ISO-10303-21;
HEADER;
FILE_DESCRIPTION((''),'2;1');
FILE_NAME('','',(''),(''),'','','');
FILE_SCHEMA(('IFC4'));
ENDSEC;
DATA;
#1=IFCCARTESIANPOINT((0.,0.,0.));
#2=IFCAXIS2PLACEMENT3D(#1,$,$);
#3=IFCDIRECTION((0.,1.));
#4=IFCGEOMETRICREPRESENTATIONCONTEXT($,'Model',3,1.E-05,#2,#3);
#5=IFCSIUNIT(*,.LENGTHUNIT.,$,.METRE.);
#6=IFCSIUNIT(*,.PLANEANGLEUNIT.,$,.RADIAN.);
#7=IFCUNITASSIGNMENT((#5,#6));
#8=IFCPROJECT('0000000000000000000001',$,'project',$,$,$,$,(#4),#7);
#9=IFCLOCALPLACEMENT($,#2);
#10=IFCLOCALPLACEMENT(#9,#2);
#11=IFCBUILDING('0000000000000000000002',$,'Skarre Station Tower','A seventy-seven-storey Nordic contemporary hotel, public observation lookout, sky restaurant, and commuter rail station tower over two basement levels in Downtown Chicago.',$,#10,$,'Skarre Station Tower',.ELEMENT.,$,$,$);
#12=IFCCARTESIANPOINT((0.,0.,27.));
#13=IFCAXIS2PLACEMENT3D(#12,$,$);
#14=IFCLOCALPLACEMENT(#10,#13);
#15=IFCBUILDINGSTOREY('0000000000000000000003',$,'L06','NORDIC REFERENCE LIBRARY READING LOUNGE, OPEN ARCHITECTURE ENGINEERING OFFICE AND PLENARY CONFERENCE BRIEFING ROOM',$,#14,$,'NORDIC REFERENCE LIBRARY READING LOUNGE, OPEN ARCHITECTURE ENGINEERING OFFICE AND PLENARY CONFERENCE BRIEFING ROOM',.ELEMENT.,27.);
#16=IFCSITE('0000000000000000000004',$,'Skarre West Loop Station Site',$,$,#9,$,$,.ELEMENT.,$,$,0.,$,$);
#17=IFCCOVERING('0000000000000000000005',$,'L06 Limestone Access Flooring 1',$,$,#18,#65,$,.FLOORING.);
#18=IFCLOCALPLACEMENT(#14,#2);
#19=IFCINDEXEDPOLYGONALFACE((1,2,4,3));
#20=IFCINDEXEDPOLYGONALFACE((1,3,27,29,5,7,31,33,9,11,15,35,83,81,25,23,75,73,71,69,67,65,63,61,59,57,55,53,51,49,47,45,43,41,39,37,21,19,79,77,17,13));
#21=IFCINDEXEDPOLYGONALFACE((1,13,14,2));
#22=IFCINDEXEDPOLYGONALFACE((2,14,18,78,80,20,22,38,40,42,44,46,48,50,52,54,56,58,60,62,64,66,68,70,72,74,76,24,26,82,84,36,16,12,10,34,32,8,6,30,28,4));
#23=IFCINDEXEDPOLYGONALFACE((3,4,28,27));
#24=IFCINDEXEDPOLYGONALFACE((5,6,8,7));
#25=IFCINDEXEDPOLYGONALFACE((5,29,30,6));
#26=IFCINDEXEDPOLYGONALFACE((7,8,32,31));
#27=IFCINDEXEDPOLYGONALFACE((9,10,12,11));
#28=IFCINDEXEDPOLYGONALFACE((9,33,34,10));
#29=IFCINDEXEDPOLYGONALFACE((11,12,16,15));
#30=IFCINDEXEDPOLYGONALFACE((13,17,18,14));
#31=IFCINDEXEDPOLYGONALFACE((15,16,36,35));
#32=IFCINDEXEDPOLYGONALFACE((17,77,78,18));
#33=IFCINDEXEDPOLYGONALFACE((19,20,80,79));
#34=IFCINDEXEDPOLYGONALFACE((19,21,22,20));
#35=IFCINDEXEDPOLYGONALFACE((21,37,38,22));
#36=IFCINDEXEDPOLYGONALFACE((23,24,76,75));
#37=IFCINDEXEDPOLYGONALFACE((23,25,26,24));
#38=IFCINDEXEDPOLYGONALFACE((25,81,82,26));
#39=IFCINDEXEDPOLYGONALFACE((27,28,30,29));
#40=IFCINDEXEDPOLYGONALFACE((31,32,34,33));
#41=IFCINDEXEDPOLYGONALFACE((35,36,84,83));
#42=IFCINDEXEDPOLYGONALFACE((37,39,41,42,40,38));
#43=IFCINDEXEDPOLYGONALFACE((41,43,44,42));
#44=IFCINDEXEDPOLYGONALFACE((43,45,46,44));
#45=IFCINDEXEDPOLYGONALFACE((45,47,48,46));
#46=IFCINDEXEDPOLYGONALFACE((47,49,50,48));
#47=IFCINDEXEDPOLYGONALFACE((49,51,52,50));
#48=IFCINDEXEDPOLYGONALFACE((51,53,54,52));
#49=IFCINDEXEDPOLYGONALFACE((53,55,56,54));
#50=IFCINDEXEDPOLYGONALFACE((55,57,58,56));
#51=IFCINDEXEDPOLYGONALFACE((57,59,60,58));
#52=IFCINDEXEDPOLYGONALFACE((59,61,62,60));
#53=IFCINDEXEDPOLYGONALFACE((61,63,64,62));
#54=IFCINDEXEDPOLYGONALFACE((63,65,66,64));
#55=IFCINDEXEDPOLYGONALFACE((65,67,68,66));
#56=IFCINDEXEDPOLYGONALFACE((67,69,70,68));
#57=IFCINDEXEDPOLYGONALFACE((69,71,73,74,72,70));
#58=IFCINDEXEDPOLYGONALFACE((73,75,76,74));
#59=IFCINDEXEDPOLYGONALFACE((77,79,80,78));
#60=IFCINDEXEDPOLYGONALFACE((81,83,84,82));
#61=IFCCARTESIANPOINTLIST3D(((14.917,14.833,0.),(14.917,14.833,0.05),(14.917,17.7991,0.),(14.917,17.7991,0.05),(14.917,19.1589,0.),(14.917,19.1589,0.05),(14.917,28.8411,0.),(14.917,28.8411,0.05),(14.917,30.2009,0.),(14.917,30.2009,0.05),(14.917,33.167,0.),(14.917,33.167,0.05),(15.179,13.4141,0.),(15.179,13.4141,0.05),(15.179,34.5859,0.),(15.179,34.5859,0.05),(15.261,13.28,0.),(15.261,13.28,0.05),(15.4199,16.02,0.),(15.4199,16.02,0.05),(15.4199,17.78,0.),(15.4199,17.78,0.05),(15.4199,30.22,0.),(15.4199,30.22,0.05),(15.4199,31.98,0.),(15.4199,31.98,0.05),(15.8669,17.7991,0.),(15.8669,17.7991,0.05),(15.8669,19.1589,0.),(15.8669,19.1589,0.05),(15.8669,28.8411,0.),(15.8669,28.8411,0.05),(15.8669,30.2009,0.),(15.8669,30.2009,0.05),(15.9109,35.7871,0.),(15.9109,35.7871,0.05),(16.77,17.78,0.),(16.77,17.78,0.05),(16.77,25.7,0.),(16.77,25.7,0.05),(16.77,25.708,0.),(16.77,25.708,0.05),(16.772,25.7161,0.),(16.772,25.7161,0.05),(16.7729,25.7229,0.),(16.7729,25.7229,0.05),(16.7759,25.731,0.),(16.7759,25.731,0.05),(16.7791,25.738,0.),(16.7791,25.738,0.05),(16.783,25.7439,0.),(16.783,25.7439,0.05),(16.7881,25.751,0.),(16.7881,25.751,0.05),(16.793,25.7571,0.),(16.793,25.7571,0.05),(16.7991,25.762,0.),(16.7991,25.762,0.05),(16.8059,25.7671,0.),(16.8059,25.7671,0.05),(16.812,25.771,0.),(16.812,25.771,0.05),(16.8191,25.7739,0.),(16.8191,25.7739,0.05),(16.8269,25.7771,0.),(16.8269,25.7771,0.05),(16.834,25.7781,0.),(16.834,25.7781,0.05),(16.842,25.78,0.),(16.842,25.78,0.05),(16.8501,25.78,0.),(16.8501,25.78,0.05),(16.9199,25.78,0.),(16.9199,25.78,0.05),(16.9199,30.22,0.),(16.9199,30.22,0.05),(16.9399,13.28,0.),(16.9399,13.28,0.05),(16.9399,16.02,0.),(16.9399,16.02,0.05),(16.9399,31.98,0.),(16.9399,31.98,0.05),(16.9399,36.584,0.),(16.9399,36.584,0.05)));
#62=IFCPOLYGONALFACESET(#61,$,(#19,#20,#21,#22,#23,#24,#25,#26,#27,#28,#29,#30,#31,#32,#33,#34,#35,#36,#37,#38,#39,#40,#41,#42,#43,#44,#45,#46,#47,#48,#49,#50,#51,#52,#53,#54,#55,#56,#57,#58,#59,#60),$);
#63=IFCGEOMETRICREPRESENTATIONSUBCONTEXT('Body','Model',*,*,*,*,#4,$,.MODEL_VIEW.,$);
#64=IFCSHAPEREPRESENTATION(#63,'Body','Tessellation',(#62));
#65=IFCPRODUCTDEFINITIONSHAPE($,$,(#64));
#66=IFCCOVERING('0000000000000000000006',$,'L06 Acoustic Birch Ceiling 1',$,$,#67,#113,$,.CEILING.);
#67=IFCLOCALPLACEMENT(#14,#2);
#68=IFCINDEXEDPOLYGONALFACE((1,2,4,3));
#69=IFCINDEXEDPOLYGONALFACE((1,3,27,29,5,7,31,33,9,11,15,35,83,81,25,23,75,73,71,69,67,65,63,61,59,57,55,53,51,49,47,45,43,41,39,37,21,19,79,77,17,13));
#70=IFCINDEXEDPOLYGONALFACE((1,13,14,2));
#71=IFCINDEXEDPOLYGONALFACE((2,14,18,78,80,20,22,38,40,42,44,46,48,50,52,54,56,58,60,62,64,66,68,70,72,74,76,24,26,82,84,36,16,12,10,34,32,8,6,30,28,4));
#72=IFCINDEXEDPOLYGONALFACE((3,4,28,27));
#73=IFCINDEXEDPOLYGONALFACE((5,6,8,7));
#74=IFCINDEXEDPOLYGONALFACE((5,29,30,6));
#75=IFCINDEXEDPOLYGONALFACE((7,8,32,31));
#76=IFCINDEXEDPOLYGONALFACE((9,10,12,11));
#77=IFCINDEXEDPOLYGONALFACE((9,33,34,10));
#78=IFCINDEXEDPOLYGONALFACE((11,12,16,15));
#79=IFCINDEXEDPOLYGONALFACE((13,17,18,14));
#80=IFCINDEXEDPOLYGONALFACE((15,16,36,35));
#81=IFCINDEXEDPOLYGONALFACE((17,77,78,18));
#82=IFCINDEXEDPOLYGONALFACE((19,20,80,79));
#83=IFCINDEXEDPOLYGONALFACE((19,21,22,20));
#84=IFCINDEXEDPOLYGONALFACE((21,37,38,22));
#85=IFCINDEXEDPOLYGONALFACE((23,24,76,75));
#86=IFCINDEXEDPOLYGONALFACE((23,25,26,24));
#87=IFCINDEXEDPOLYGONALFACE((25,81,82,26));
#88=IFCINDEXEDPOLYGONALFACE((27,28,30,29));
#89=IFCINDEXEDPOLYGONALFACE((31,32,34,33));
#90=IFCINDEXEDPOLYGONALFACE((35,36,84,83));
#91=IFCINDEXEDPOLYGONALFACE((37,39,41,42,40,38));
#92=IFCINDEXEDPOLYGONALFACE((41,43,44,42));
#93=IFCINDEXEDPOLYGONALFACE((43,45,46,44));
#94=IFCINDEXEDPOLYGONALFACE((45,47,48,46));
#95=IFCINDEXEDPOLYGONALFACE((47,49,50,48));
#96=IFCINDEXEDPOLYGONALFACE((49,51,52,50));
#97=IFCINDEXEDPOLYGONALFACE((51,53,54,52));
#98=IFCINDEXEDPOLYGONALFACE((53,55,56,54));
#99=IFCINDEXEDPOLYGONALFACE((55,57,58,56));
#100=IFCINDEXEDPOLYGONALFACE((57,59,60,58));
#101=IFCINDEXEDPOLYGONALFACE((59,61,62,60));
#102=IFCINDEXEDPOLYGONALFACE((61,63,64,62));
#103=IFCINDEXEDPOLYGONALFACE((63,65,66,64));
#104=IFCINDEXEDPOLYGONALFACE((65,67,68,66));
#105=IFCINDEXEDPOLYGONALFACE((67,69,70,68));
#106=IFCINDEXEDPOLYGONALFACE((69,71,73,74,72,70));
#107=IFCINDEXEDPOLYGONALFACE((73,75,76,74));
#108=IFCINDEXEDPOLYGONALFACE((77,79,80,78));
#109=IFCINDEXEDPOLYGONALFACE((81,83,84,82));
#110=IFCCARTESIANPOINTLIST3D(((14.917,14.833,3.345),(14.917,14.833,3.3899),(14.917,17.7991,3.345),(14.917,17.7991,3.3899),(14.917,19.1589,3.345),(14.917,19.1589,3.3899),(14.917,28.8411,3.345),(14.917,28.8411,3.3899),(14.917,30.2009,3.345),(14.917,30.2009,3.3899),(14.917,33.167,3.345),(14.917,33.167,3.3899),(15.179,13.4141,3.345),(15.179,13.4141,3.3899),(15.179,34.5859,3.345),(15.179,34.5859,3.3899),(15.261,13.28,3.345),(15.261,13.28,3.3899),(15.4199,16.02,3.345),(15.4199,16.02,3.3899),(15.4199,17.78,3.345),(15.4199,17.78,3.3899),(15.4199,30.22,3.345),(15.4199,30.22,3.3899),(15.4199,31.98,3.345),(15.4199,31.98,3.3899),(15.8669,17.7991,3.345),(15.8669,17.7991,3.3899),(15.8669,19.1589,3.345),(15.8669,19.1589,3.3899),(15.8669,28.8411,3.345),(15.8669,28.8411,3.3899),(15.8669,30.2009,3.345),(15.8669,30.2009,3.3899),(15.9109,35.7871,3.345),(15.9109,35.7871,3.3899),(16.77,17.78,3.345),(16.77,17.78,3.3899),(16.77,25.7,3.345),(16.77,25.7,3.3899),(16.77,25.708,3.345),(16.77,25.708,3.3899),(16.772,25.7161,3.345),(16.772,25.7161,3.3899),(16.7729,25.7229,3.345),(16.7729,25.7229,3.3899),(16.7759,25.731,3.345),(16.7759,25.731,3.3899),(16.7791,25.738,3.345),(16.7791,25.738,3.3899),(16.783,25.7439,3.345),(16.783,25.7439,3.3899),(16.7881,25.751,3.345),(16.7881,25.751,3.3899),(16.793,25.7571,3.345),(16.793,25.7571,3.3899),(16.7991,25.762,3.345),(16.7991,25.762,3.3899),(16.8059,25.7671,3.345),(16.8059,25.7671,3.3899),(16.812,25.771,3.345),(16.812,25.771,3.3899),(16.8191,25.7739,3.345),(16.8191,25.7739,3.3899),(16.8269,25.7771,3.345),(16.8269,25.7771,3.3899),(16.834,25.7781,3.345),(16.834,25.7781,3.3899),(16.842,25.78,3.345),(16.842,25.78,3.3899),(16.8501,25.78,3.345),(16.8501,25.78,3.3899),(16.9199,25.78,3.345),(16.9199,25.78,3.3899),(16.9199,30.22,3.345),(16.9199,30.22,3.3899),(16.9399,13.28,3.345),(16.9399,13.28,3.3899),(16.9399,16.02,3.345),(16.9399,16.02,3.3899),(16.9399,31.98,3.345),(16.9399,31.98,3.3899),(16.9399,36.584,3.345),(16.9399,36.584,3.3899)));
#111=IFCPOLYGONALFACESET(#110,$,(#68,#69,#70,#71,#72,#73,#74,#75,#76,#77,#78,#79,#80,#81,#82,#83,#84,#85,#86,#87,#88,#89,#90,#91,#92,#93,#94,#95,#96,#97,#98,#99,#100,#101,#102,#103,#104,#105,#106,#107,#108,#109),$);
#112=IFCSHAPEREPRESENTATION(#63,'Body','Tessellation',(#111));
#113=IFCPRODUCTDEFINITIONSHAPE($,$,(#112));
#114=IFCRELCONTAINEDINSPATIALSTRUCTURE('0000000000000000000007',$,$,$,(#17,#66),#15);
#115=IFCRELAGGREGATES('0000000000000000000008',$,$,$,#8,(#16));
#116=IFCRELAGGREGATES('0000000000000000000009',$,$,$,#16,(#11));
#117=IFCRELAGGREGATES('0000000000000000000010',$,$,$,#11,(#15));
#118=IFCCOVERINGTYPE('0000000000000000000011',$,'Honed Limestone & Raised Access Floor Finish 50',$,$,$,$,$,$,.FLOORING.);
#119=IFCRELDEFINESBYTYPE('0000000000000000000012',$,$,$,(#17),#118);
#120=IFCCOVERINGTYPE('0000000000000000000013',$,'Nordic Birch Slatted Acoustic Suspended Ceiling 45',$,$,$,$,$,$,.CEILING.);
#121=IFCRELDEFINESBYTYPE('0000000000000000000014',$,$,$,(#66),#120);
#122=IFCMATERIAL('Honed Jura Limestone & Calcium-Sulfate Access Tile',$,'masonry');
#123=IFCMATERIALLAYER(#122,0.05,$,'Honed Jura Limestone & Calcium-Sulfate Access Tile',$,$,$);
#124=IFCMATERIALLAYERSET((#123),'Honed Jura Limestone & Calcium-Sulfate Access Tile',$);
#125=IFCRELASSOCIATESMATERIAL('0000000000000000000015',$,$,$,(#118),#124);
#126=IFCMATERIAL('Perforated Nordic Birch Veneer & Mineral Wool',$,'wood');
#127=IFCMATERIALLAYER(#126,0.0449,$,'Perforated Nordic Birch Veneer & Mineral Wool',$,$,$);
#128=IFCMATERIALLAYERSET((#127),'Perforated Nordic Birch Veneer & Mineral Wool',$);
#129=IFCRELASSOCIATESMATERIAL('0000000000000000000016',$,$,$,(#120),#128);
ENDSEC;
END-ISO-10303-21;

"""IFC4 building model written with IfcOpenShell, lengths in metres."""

from ifc_helpers import new_model, si_unit, direction, frame, origin, place, context, subcontext, project, spatial, polyline, outline, extrude, material, layer, layer_set, type_object, element, save


model = new_model("IFC4")

# Units and contexts
model_context = context("Model", 3, precision=1e-05, world=origin(), true_north=direction((0.0, 1.0)))
body_context = subcontext(model_context, "Body", "Model", "MODEL_VIEW")
ifc_project = project(units=[si_unit("LENGTHUNIT", "METRE"), si_unit("PLANEANGLEUNIT", "RADIAN")], contexts=[model_context])

# Site, building, storey
site_placement = place(None, origin())
site = spatial("IfcSite", under=ifc_project, at=site_placement, Name="Skarre West Loop Station Site", CompositionType="ELEMENT", RefElevation=0.0)
building_placement = place(site_placement, origin())
building = spatial("IfcBuilding", under=site, at=building_placement, Name="Skarre Station Tower", Description="A seventy-seven-storey Nordic contemporary hotel, public observation lookout, sky restaurant, and commuter rail station tower over two basement levels in Downtown Chicago.", LongName="Skarre Station Tower", CompositionType="ELEMENT")
storey_placement = place(building_placement, frame((0.0, 0.0, 27.0)))
storey = spatial("IfcBuildingStorey", under=building, at=storey_placement, Name="L06", Description="NORDIC REFERENCE LIBRARY READING LOUNGE, OPEN ARCHITECTURE ENGINEERING OFFICE AND PLENARY CONFERENCE BRIEFING ROOM", LongName="NORDIC REFERENCE LIBRARY READING LOUNGE, OPEN ARCHITECTURE ENGINEERING OFFICE AND PLENARY CONFERENCE BRIEFING ROOM", CompositionType="ELEMENT", Elevation=27.0)

# Coverings
ifc_material_1 = material(Name="Honed Jura Limestone & Calcium-Sulfate Access Tile", Category="masonry")
ifc_layer_1 = layer(ifc_material_1, 0.05, Name="Honed Jura Limestone & Calcium-Sulfate Access Tile")
ifc_layer_set_1 = layer_set([ifc_layer_1], Name="Honed Jura Limestone & Calcium-Sulfate Access Tile")
covering_type_1 = type_object("IfcCoveringType", Name="Honed Limestone & Raised Access Floor Finish 50", PredefinedType="FLOORING", material=ifc_layer_set_1)
covering_1_placement = place(storey_placement, origin())
element("IfcCovering", 1, at=covering_1_placement, inside=storey, type_object=covering_type_1, Name="L06 Limestone Access Flooring 1", PredefinedType="FLOORING", context=body_context, shape_type="SweptSolid", body=[
    extrude(outline(polyline([(16.9399, 36.584), (15.9109, 35.7871), (15.179, 34.5859), (14.917, 33.167), (14.917, 30.2009), (15.8669, 30.2009), (15.8669, 28.8411), (14.917, 28.8411), (14.917, 19.1589), (15.8669, 19.1589), (15.8669, 17.7991), (14.917, 17.7991), (14.917, 14.833), (15.179, 13.4141), (15.261, 13.28), (16.9399, 13.28), (16.9399, 16.02), (15.4199, 16.02), (15.4199, 17.78), (16.77, 17.78), (16.77, 25.7), (16.77, 25.708), (16.772, 25.7161), (16.7729, 25.7229), (16.7759, 25.731), (16.7791, 25.738), (16.783, 25.7439), (16.7881, 25.751), (16.793, 25.7571), (16.7991, 25.762), (16.8059, 25.7671), (16.812, 25.771), (16.8191, 25.7739), (16.8269, 25.7771), (16.834, 25.7781), (16.842, 25.78), (16.8501, 25.78), (16.9199, 25.78), (16.9199, 30.22), (15.4199, 30.22), (15.4199, 31.98), (16.9399, 31.98), (16.9399, 36.584)])), origin(), (0.0, 0.0, 1.0), 0.05),
])
ifc_material_2 = material(Name="Perforated Nordic Birch Veneer & Mineral Wool", Category="wood")
ifc_layer_2 = layer(ifc_material_2, 0.0449, Name="Perforated Nordic Birch Veneer & Mineral Wool")
ifc_layer_set_2 = layer_set([ifc_layer_2], Name="Perforated Nordic Birch Veneer & Mineral Wool")
covering_type_2 = type_object("IfcCoveringType", Name="Nordic Birch Slatted Acoustic Suspended Ceiling 45", PredefinedType="CEILING", material=ifc_layer_set_2)
covering_2_placement = place(storey_placement, frame((0.0, 0.0, 3.345)))
element("IfcCovering", 2, at=covering_2_placement, inside=storey, type_object=covering_type_2, Name="L06 Acoustic Birch Ceiling 1", PredefinedType="CEILING", context=body_context, shape_type="SweptSolid", body=[
    extrude(outline(polyline([(16.9399, 36.584), (15.9109, 35.7871), (15.179, 34.5859), (14.917, 33.167), (14.917, 30.2009), (15.8669, 30.2009), (15.8669, 28.8411), (14.917, 28.8411), (14.917, 19.1589), (15.8669, 19.1589), (15.8669, 17.7991), (14.917, 17.7991), (14.917, 14.833), (15.179, 13.4141), (15.261, 13.28), (16.9399, 13.28), (16.9399, 16.02), (15.4199, 16.02), (15.4199, 17.78), (16.77, 17.78), (16.77, 25.7), (16.77, 25.708), (16.772, 25.7161), (16.7729, 25.7229), (16.7759, 25.731), (16.7791, 25.738), (16.783, 25.7439), (16.7881, 25.751), (16.793, 25.7571), (16.7991, 25.762), (16.8059, 25.7671), (16.812, 25.771), (16.8191, 25.7739), (16.8269, 25.7771), (16.834, 25.7781), (16.842, 25.78), (16.8501, 25.78), (16.9199, 25.78), (16.9199, 30.22), (15.4199, 30.22), (15.4199, 31.98), (16.9399, 31.98), (16.9399, 36.584)])), origin(), (0.0, 0.0, 1.0), 0.0449),
])

save(model, "model.ifc")
